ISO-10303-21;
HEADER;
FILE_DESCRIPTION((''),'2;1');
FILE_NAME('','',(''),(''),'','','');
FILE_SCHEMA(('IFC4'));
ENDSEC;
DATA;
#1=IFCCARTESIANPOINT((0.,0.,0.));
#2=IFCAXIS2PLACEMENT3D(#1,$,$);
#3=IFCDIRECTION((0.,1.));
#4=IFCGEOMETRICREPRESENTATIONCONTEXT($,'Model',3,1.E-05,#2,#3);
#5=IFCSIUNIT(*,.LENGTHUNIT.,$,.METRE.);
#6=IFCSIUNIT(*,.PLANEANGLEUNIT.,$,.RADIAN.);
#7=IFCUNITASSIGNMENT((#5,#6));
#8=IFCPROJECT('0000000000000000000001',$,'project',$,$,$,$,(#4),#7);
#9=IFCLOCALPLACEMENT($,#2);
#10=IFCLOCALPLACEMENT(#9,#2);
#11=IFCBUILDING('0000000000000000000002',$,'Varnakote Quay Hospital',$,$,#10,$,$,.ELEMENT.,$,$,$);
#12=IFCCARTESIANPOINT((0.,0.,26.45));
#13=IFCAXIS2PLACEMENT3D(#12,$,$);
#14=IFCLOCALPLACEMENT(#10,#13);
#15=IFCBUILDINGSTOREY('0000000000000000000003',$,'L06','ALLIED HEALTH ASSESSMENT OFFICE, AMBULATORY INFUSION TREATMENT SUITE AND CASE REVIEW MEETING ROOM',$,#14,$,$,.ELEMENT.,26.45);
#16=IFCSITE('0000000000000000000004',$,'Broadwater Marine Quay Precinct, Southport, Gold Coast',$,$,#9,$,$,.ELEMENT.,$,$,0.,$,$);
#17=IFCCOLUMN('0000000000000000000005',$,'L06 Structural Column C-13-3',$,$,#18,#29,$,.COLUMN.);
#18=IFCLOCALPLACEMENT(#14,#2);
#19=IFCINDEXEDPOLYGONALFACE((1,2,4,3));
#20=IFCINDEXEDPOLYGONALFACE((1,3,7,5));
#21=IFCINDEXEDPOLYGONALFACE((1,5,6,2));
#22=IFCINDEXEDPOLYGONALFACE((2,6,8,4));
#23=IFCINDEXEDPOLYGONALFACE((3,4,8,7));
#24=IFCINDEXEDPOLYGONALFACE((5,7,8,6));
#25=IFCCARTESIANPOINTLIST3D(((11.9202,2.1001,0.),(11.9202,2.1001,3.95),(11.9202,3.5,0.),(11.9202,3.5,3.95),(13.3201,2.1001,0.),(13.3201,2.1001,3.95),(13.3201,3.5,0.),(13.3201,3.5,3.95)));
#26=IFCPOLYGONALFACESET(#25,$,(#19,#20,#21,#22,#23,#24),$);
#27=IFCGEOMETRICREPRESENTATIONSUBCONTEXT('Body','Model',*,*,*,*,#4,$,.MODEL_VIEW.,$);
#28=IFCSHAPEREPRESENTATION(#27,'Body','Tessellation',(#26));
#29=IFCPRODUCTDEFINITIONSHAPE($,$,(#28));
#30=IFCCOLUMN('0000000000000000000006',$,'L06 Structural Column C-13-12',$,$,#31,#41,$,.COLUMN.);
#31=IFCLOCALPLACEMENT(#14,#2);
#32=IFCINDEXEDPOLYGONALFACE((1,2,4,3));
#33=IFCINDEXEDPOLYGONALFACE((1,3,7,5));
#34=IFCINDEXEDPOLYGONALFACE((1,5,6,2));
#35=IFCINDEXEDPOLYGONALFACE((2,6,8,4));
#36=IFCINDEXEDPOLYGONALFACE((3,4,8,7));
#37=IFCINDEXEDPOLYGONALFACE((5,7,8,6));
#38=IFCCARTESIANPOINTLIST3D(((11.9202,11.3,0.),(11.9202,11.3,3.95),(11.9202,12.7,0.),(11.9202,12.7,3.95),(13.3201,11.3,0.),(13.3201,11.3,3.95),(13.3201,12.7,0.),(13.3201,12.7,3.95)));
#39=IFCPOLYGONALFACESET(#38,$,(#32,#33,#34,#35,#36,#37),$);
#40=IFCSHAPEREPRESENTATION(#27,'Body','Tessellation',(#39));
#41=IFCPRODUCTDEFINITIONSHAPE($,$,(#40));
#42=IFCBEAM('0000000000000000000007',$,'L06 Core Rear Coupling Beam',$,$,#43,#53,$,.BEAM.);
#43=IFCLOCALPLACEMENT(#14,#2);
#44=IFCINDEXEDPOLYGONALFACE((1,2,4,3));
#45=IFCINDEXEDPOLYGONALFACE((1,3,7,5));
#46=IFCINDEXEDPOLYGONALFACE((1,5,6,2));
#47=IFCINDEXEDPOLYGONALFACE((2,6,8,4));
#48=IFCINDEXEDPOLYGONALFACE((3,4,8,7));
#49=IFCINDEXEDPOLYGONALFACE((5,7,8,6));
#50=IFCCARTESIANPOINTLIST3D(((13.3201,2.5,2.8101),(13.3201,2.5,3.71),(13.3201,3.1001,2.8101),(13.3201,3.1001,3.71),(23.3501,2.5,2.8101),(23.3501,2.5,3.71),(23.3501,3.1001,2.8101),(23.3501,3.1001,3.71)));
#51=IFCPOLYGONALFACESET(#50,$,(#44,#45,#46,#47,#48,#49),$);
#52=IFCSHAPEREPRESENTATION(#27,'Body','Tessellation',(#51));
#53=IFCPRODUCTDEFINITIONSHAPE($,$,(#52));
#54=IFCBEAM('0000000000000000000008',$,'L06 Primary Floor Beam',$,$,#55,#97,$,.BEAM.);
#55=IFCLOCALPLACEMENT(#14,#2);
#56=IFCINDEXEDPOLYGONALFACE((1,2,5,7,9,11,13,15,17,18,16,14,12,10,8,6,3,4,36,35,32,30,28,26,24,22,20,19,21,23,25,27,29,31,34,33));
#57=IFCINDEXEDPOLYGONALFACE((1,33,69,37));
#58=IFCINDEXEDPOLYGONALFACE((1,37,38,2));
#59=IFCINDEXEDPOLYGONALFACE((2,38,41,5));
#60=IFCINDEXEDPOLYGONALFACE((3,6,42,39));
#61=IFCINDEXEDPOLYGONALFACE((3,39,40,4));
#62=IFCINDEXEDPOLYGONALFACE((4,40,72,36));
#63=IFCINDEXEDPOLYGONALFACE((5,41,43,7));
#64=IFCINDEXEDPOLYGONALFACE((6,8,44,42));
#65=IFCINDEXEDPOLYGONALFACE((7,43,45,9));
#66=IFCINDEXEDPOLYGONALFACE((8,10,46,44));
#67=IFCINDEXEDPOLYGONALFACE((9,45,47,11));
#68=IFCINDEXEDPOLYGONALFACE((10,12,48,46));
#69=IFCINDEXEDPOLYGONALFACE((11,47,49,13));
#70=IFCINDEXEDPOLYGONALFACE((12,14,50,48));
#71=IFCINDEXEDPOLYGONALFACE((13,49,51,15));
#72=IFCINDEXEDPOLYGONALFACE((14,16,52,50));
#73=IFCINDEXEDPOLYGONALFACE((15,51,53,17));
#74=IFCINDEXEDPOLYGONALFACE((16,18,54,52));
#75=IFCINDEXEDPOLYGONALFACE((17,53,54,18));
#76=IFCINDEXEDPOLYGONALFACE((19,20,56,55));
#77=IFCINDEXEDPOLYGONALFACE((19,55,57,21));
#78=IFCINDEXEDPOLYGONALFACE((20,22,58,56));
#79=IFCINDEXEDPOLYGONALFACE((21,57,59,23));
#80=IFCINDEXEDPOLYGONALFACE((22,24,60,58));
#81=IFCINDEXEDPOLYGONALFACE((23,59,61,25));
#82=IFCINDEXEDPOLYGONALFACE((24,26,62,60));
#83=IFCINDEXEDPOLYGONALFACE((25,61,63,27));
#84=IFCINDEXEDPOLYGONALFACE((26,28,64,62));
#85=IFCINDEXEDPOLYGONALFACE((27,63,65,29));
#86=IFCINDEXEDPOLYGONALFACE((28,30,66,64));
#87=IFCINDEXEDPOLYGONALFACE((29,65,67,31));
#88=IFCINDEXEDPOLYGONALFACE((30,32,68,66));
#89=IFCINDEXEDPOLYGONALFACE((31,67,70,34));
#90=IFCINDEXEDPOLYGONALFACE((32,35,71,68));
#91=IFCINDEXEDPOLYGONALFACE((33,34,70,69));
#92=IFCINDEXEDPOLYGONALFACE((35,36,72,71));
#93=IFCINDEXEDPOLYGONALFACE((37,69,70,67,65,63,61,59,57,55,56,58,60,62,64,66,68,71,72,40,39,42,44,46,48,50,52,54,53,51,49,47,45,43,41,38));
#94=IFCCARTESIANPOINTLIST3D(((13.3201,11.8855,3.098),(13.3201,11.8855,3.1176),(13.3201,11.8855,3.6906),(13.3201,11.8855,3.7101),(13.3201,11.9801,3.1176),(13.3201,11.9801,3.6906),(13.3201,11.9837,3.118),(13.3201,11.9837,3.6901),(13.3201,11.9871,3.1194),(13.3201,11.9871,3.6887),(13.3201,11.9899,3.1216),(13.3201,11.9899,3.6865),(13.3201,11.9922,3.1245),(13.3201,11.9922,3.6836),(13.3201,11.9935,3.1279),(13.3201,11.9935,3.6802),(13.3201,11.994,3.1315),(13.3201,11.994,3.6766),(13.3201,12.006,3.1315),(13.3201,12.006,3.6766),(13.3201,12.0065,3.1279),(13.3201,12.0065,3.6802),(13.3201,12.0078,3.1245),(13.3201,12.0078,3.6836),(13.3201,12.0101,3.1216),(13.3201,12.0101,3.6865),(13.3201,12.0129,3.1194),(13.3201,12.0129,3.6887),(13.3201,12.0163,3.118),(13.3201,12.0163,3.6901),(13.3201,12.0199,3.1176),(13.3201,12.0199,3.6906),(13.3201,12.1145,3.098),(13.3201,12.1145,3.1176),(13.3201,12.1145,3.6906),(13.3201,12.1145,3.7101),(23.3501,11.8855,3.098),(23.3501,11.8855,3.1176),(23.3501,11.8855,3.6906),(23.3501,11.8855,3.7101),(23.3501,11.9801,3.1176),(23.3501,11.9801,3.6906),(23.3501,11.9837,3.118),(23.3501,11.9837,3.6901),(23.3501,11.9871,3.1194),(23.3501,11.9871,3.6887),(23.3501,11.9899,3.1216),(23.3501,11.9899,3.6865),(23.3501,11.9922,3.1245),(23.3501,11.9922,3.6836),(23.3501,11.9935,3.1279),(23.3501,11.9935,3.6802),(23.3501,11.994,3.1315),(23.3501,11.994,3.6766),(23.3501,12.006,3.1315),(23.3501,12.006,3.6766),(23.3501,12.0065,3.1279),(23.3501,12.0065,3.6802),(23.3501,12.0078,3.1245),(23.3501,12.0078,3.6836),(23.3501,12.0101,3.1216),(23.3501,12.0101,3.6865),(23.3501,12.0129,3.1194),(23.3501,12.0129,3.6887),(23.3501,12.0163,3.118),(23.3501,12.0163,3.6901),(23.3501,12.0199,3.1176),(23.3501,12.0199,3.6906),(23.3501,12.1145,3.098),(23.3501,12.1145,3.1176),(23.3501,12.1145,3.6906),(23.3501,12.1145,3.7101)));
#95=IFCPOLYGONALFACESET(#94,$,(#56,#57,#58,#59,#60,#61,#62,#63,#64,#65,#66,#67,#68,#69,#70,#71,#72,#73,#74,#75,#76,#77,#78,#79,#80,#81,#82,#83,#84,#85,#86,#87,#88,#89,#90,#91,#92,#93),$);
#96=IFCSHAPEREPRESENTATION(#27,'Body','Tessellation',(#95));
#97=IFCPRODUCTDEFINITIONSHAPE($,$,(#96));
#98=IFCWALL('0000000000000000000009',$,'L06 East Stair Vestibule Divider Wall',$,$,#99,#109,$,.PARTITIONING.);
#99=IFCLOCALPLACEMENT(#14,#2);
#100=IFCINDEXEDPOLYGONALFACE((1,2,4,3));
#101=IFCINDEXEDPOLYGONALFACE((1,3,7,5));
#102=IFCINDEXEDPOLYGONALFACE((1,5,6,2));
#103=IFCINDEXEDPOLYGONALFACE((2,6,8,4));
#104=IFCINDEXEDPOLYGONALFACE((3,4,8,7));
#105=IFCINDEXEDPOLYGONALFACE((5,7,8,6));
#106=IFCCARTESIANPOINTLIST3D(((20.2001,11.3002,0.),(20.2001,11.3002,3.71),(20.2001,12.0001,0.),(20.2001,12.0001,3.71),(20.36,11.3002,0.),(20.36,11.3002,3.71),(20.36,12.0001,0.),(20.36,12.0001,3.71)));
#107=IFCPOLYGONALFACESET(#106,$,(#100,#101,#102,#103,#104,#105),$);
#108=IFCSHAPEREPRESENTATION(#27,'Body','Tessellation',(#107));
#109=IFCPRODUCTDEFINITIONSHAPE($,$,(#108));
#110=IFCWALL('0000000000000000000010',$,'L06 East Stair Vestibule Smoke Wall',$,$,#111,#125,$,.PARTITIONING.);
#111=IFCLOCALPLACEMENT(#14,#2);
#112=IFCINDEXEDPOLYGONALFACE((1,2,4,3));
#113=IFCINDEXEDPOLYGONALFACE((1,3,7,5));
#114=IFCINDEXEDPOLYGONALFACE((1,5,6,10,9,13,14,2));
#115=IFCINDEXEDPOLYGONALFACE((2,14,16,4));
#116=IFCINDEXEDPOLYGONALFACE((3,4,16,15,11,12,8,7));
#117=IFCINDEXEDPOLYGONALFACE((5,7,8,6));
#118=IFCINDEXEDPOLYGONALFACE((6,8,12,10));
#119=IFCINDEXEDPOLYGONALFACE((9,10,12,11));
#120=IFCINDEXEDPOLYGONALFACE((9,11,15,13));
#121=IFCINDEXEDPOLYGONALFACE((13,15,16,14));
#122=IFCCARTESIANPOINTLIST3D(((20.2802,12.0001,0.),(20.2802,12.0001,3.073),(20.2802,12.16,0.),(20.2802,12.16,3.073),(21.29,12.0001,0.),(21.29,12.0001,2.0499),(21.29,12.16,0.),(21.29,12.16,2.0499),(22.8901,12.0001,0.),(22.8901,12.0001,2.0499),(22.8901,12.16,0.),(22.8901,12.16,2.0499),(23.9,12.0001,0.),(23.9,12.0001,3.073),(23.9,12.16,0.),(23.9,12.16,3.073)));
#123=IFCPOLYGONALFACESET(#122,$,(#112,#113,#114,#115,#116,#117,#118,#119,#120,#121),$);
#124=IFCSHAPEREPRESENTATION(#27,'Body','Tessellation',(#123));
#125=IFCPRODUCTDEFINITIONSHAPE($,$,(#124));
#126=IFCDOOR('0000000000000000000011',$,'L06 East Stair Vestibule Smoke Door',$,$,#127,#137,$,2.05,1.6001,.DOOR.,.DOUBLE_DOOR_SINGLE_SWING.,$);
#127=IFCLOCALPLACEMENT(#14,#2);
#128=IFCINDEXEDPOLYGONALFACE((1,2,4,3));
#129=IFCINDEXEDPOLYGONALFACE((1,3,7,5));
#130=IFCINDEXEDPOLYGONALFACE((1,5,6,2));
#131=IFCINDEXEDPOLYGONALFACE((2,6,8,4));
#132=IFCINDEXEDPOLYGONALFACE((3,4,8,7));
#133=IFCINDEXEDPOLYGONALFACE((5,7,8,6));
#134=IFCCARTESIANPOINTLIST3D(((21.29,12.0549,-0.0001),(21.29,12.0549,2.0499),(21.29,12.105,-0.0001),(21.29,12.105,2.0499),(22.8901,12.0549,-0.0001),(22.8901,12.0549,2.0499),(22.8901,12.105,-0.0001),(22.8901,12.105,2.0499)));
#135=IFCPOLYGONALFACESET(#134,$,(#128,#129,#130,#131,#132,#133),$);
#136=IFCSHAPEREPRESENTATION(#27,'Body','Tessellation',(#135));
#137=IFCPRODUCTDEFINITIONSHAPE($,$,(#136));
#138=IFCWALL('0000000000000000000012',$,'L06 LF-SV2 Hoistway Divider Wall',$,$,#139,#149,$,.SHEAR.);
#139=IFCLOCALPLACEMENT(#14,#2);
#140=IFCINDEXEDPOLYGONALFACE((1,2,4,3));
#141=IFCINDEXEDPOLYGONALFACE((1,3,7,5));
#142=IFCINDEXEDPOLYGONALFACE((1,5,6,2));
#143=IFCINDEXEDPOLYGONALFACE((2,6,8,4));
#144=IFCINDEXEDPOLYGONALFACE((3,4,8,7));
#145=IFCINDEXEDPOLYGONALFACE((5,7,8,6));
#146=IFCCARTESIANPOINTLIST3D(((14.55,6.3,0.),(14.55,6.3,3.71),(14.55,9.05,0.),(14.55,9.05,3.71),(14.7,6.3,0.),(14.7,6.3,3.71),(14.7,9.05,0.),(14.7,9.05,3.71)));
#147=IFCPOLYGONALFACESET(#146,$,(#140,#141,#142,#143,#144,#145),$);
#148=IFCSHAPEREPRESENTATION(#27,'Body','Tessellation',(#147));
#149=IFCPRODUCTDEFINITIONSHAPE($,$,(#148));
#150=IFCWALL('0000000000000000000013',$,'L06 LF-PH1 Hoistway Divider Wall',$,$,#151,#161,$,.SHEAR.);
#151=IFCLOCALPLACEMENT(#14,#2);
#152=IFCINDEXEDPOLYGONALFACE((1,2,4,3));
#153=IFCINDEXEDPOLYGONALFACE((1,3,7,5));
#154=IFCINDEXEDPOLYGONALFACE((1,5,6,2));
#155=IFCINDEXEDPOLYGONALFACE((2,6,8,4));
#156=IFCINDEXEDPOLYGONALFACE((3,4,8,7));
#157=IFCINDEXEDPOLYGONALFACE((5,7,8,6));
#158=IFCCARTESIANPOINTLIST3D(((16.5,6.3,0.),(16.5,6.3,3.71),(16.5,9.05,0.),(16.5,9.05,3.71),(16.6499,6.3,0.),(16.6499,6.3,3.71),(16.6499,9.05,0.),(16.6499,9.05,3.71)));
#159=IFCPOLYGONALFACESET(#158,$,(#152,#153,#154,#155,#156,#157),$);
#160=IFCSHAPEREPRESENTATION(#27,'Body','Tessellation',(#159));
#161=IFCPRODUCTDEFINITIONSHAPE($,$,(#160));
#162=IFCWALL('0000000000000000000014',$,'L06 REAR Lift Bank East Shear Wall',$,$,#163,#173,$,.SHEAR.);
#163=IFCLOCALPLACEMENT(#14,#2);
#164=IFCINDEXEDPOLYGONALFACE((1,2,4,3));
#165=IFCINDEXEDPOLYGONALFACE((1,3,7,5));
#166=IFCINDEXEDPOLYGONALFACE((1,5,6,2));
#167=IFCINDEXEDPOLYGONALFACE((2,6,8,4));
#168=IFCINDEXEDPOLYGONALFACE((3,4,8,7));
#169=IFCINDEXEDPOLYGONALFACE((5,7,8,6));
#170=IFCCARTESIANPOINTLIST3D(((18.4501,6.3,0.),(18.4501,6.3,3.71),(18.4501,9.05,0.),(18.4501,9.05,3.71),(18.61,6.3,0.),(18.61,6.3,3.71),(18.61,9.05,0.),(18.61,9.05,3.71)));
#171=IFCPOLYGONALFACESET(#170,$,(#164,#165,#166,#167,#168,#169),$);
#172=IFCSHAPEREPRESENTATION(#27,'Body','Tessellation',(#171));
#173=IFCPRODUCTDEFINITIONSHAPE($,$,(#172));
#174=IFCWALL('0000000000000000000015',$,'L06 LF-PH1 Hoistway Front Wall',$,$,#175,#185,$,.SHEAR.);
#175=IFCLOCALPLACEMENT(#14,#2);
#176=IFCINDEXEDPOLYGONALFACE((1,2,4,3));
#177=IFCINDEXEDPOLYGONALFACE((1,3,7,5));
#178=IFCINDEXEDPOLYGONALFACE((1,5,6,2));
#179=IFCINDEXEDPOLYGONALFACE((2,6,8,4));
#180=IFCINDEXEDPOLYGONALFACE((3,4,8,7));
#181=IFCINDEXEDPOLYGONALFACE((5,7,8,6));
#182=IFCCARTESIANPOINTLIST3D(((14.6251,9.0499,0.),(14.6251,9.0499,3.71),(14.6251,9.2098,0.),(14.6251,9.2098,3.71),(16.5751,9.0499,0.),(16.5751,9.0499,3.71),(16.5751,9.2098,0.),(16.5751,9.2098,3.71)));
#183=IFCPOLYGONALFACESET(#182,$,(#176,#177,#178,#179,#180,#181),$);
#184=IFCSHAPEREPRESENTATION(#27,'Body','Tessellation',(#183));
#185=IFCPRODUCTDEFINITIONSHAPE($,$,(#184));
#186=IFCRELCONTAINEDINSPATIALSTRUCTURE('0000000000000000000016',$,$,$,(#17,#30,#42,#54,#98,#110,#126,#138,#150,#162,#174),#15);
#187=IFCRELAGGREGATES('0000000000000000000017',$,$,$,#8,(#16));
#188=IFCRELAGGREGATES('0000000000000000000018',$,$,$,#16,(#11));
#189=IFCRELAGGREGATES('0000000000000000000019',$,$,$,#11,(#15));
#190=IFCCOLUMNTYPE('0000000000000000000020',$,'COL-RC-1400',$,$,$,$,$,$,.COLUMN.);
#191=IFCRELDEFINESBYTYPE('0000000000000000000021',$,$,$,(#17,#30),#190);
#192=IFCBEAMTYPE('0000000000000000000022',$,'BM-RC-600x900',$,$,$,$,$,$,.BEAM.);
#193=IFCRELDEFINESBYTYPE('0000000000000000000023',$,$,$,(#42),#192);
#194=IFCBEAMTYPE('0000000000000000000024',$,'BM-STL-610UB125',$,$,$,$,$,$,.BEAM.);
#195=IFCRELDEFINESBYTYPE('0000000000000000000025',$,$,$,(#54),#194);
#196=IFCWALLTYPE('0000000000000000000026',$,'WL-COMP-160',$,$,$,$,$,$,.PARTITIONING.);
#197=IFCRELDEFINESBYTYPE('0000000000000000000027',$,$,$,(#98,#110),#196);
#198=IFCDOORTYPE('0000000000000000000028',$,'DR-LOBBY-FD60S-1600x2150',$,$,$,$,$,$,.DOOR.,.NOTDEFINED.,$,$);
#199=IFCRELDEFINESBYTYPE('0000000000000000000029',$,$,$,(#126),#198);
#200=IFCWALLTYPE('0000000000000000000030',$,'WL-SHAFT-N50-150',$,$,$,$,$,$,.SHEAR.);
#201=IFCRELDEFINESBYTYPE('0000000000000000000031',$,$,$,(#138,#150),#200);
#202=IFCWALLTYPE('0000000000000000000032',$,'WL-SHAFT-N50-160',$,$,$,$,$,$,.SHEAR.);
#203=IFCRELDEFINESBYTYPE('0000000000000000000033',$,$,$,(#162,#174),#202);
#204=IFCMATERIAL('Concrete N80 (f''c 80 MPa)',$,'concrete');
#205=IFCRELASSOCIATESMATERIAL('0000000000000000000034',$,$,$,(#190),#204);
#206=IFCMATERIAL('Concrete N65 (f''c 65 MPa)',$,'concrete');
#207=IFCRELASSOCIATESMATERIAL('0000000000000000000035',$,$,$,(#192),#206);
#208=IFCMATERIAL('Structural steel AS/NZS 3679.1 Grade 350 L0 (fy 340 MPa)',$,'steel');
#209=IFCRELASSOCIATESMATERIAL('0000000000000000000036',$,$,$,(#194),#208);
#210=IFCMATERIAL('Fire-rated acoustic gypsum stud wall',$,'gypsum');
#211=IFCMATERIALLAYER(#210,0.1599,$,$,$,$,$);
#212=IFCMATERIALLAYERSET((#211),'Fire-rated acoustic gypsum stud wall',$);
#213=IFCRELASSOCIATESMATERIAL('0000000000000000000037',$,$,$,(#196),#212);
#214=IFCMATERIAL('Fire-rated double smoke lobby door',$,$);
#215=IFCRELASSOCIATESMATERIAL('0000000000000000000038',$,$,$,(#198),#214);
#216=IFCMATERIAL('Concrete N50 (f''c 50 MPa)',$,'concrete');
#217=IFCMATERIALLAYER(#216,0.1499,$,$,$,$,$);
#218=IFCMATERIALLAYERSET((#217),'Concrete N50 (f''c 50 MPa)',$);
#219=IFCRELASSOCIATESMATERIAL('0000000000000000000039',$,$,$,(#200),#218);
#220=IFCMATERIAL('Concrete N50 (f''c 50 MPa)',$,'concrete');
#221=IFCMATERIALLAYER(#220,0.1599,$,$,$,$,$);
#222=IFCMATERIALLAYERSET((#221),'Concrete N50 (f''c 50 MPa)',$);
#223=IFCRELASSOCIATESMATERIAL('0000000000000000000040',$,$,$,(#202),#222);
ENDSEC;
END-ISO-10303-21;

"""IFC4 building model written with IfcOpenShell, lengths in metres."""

from ifc_helpers import new_model, si_unit, direction, frame, frame_2d, origin, origin_2d, place, context, subcontext, project, spatial, rectangle, i_section, extrude, material, layer, layer_set, material_profile, profile_set, type_object, element, fill, save


model = new_model("IFC4")

# Units and contexts
model_context = context("Model", 3, precision=1e-05, world=origin(), true_north=direction((0.0, 1.0)))
body_context = subcontext(model_context, "Body", "Model", "MODEL_VIEW")
ifc_project = project(units=[si_unit("LENGTHUNIT", "METRE"), si_unit("PLANEANGLEUNIT", "RADIAN")], contexts=[model_context])

# Site, building, storey
site_placement = place(None, origin())
site = spatial("IfcSite", under=ifc_project, at=site_placement, Name="Broadwater Marine Quay Precinct, Southport, Gold Coast", CompositionType="ELEMENT", RefElevation=0.0)
building_placement = place(site_placement, origin())
building = spatial("IfcBuilding", under=site, at=building_placement, Name="Varnakote Quay Hospital", CompositionType="ELEMENT")
storey_placement = place(building_placement, frame((0.0, 0.0, 26.45)))
storey = spatial("IfcBuildingStorey", under=building, at=storey_placement, Name="L06", Description="ALLIED HEALTH ASSESSMENT OFFICE, AMBULATORY INFUSION TREATMENT SUITE AND CASE REVIEW MEETING ROOM", CompositionType="ELEMENT", Elevation=26.45)

# Columns
ifc_material_1 = material(Name="Concrete N80 (f'c 80 MPa)", Category="concrete")
ifc_material_profile_1 = material_profile(ifc_material_1, rectangle(XDim=1.3999, YDim=1.3999, at=origin_2d()), Name="RC-COL-1400x1400")
ifc_profile_set_1 = profile_set([ifc_material_profile_1], Name="Concrete N80 (f'c 80 MPa)")
column_type = type_object("IfcColumnType", Name="COL-RC-1400", PredefinedType="COLUMN", material=ifc_profile_set_1)
for number, where, z_axis, x_axis, name in (
    (1, (12.6201, 2.8, 0.0), (0.0, 0.0, 1.0), (1.0, 0.0, 0.0), "L06 Structural Column C-13-3"),
    (2, (12.6201, 12.0, 0.0), (0.0, 0.0, 1.0), (1.0, 0.0, 0.0), "L06 Structural Column C-13-12"),
):
    element("IfcColumn", number, at=place(storey_placement, frame(where, z_axis=z_axis, x_axis=x_axis)), inside=storey, type_object=column_type, Name=name, PredefinedType="COLUMN", context=body_context, shape_type="SweptSolid", body=[
        extrude(rectangle(XDim=1.3999, YDim=1.3999, at=origin_2d()), origin(), (0.0, 0.0, 1.0), 3.95),
    ])

# Beams
ifc_material_2 = material(Name="Concrete N65 (f'c 65 MPa)", Category="concrete")
ifc_material_profile_2 = material_profile(ifc_material_2, rectangle(XDim=0.6001, YDim=0.8999, at=origin_2d()), Name="RC-BM-600x900")
ifc_profile_set_2 = profile_set([ifc_material_profile_2], Name="Concrete N65 (f'c 65 MPa)")
beam_type_1 = type_object("IfcBeamType", Name="BM-RC-600x900", PredefinedType="BEAM", material=ifc_profile_set_2)
beam_1_placement = place(storey_placement, frame((13.3201, 2.8, 3.26), z_axis=(1.0, 0.0, 0.0), x_axis=(0.0, 1.0, 0.0)))
element("IfcBeam", 3, at=beam_1_placement, inside=storey, type_object=beam_type_1, Name="L06 Core Rear Coupling Beam", PredefinedType="BEAM", context=body_context, shape_type="SweptSolid", body=[
    extrude(rectangle(XDim=0.6001, YDim=0.8999, at=origin_2d()), origin(), (0.0, 0.0, 1.0), 10.03),
])
ifc_material_3 = material(Name="Structural steel AS/NZS 3679.1 Grade 350 L0 (fy 340 MPa)", Category="steel")
ifc_material_profile_3 = material_profile(ifc_material_3, i_section(OverallWidth=0.229, OverallDepth=0.6121, WebThickness=0.012, FlangeThickness=0.0195, FilletRadius=0.0139, at=origin_2d()), Name="610UB125")
ifc_profile_set_3 = profile_set([ifc_material_profile_3], Name="Structural steel AS/NZS 3679.1 Grade 350 L0 (fy 340 MPa)")
beam_type_2 = type_object("IfcBeamType", Name="BM-STL-610UB125", PredefinedType="BEAM", material=ifc_profile_set_3)
beam_2_placement = place(storey_placement, frame((13.3201, 12.0, 3.4041), z_axis=(1.0, 0.0, 0.0), x_axis=(0.0, 1.0, 0.0)))
element("IfcBeam", 4, at=beam_2_placement, inside=storey, type_object=beam_type_2, Name="L06 Primary Floor Beam", PredefinedType="BEAM", context=body_context, shape_type="SweptSolid", body=[
    extrude(i_section(OverallWidth=0.229, OverallDepth=0.6121, WebThickness=0.012, FlangeThickness=0.0195, FilletRadius=0.0139, at=origin_2d()), origin(), (0.0, 0.0, 1.0), 10.03),
])

# Wall
ifc_material_4 = material(Name="Fire-rated acoustic gypsum stud wall", Category="gypsum")
ifc_layer_1 = layer(ifc_material_4, 0.1599)
ifc_layer_set_1 = layer_set([ifc_layer_1], Name="Fire-rated acoustic gypsum stud wall")
wall_type_1 = type_object("IfcWallType", Name="WL-COMP-160", PredefinedType="PARTITIONING", material=ifc_layer_set_1)
wall_1_placement = place(storey_placement, frame((20.28, 11.3, 0.0), z_axis=(0.0, 0.0, 1.0), x_axis=(0.0, 1.0, 0.0)))
element("IfcWall", 5, at=wall_1_placement, inside=storey, type_object=wall_type_1, Name="L06 East Stair Vestibule Divider Wall", PredefinedType="PARTITIONING", context=body_context, shape_type="SweptSolid", body=[
    extrude(rectangle(XDim=0.7, YDim=0.1599, at=frame_2d((0.3501, 0.0))), origin(), (0.0, 0.0, 1.0), 3.71),
])

# Wall, opening, door
wall_2_placement = place(storey_placement, frame((20.28, 12.0801, 0.0), z_axis=(0.0, 0.0, 1.0), x_axis=(1.0, 0.0, 0.0)))
wall_2 = element("IfcWall", 6, at=wall_2_placement, inside=storey, type_object=wall_type_1, Name="L06 East Stair Vestibule Smoke Wall", PredefinedType="PARTITIONING", context=body_context, shape_type="SweptSolid", body=[
    extrude(rectangle(XDim=3.6199, YDim=0.1599, at=frame_2d((1.8101, 0.0))), origin(), (0.0, 0.0, 1.0), 3.073),
])
opening_1_placement = place(wall_2_placement, frame((1.01, 0.0, 0.0)))
opening_1 = element("IfcOpeningElement", 7, at=opening_1_placement, cuts=wall_2, PredefinedType="OPENING", context=body_context, shape_type="SweptSolid", body=[
    extrude(rectangle(XDim=1.6001, YDim=2.05, at=frame_2d((0.8, 1.0249))), frame((0.0, 0.0898, 0.0), z_axis=(0.0, -1.0, 0.0), x_axis=(1.0, 0.0, 0.0)), (0.0, 0.0, 1.0), 0.1799),
])
ifc_material_5 = material(Name="Fire-rated double smoke lobby door")
door_type_1 = type_object("IfcDoorType", Name="DR-LOBBY-FD60S-1600x2150", OperationType="NOTDEFINED", PredefinedType="DOOR", material=ifc_material_5)
door_1_placement = place(opening_1_placement, origin())
door_1 = element("IfcDoor", 8, at=door_1_placement, inside=storey, type_object=door_type_1, Name="L06 East Stair Vestibule Smoke Door", OperationType="DOUBLE_DOOR_SINGLE_SWING", OverallHeight=2.05, OverallWidth=1.6001, PredefinedType="DOOR", context=body_context, shape_type="SweptSolid", body=[
    extrude(rectangle(XDim=1.6001, YDim=2.05, at=frame_2d((0.8, 1.0249))), frame((0.0, 0.0249, 0.0), z_axis=(0.0, -1.0, 0.0), x_axis=(1.0, 0.0, 0.0)), (0.0, 0.0, 1.0), 0.05),
])
fill(opening_1, door_1)

# Walls
ifc_material_6 = material(Name="Concrete N50 (f'c 50 MPa)", Category="concrete")
ifc_layer_2 = layer(ifc_material_6, 0.1499)
ifc_layer_set_2 = layer_set([ifc_layer_2], Name="Concrete N50 (f'c 50 MPa)")
wall_type_2 = type_object("IfcWallType", Name="WL-SHAFT-N50-150", PredefinedType="SHEAR", material=ifc_layer_set_2)
for number, where, z_axis, x_axis, name in (
    (9, (14.625, 6.3, 0.0), (0.0, 0.0, 1.0), (0.0, 1.0, 0.0), "L06 LF-SV2 Hoistway Divider Wall"),
    (10, (16.575, 6.3, 0.0), (0.0, 0.0, 1.0), (0.0, 1.0, 0.0), "L06 LF-PH1 Hoistway Divider Wall"),
):
    element("IfcWall", number, at=place(storey_placement, frame(where, z_axis=z_axis, x_axis=x_axis)), inside=storey, type_object=wall_type_2, Name=name, PredefinedType="SHEAR", context=body_context, shape_type="SweptSolid", body=[
        extrude(rectangle(XDim=2.75, YDim=0.1499, at=frame_2d((1.375, 0.0))), origin(), (0.0, 0.0, 1.0), 3.71),
    ])
ifc_material_7 = material(Name="Concrete N50 (f'c 50 MPa)", Category="concrete")
ifc_layer_3 = layer(ifc_material_7, 0.1599)
ifc_layer_set_3 = layer_set([ifc_layer_3], Name="Concrete N50 (f'c 50 MPa)")
wall_type_3 = type_object("IfcWallType", Name="WL-SHAFT-N50-160", PredefinedType="SHEAR", material=ifc_layer_set_3)
wall_3_placement = place(storey_placement, frame((18.53, 6.3, 0.0), z_axis=(0.0, 0.0, 1.0), x_axis=(0.0, 1.0, 0.0)))
element("IfcWall", 11, at=wall_3_placement, inside=storey, type_object=wall_type_3, Name="L06 REAR Lift Bank East Shear Wall", PredefinedType="SHEAR", context=body_context, shape_type="SweptSolid", body=[
    extrude(rectangle(XDim=2.75, YDim=0.1599, at=frame_2d((1.375, 0.0))), origin(), (0.0, 0.0, 1.0), 3.71),
])
wall_4_placement = place(storey_placement, frame((14.625, 9.1299, 0.0), z_axis=(0.0, 0.0, 1.0), x_axis=(1.0, 0.0, 0.0)))
element("IfcWall", 12, at=wall_4_placement, inside=storey, type_object=wall_type_3, Name="L06 LF-PH1 Hoistway Front Wall", PredefinedType="SHEAR", context=body_context, shape_type="SweptSolid", body=[
    extrude(rectangle(XDim=1.95, YDim=0.1599, at=frame_2d((0.9751, 0.0))), origin(), (0.0, 0.0, 1.0), 3.71),
])

save(model, "model.ifc")
